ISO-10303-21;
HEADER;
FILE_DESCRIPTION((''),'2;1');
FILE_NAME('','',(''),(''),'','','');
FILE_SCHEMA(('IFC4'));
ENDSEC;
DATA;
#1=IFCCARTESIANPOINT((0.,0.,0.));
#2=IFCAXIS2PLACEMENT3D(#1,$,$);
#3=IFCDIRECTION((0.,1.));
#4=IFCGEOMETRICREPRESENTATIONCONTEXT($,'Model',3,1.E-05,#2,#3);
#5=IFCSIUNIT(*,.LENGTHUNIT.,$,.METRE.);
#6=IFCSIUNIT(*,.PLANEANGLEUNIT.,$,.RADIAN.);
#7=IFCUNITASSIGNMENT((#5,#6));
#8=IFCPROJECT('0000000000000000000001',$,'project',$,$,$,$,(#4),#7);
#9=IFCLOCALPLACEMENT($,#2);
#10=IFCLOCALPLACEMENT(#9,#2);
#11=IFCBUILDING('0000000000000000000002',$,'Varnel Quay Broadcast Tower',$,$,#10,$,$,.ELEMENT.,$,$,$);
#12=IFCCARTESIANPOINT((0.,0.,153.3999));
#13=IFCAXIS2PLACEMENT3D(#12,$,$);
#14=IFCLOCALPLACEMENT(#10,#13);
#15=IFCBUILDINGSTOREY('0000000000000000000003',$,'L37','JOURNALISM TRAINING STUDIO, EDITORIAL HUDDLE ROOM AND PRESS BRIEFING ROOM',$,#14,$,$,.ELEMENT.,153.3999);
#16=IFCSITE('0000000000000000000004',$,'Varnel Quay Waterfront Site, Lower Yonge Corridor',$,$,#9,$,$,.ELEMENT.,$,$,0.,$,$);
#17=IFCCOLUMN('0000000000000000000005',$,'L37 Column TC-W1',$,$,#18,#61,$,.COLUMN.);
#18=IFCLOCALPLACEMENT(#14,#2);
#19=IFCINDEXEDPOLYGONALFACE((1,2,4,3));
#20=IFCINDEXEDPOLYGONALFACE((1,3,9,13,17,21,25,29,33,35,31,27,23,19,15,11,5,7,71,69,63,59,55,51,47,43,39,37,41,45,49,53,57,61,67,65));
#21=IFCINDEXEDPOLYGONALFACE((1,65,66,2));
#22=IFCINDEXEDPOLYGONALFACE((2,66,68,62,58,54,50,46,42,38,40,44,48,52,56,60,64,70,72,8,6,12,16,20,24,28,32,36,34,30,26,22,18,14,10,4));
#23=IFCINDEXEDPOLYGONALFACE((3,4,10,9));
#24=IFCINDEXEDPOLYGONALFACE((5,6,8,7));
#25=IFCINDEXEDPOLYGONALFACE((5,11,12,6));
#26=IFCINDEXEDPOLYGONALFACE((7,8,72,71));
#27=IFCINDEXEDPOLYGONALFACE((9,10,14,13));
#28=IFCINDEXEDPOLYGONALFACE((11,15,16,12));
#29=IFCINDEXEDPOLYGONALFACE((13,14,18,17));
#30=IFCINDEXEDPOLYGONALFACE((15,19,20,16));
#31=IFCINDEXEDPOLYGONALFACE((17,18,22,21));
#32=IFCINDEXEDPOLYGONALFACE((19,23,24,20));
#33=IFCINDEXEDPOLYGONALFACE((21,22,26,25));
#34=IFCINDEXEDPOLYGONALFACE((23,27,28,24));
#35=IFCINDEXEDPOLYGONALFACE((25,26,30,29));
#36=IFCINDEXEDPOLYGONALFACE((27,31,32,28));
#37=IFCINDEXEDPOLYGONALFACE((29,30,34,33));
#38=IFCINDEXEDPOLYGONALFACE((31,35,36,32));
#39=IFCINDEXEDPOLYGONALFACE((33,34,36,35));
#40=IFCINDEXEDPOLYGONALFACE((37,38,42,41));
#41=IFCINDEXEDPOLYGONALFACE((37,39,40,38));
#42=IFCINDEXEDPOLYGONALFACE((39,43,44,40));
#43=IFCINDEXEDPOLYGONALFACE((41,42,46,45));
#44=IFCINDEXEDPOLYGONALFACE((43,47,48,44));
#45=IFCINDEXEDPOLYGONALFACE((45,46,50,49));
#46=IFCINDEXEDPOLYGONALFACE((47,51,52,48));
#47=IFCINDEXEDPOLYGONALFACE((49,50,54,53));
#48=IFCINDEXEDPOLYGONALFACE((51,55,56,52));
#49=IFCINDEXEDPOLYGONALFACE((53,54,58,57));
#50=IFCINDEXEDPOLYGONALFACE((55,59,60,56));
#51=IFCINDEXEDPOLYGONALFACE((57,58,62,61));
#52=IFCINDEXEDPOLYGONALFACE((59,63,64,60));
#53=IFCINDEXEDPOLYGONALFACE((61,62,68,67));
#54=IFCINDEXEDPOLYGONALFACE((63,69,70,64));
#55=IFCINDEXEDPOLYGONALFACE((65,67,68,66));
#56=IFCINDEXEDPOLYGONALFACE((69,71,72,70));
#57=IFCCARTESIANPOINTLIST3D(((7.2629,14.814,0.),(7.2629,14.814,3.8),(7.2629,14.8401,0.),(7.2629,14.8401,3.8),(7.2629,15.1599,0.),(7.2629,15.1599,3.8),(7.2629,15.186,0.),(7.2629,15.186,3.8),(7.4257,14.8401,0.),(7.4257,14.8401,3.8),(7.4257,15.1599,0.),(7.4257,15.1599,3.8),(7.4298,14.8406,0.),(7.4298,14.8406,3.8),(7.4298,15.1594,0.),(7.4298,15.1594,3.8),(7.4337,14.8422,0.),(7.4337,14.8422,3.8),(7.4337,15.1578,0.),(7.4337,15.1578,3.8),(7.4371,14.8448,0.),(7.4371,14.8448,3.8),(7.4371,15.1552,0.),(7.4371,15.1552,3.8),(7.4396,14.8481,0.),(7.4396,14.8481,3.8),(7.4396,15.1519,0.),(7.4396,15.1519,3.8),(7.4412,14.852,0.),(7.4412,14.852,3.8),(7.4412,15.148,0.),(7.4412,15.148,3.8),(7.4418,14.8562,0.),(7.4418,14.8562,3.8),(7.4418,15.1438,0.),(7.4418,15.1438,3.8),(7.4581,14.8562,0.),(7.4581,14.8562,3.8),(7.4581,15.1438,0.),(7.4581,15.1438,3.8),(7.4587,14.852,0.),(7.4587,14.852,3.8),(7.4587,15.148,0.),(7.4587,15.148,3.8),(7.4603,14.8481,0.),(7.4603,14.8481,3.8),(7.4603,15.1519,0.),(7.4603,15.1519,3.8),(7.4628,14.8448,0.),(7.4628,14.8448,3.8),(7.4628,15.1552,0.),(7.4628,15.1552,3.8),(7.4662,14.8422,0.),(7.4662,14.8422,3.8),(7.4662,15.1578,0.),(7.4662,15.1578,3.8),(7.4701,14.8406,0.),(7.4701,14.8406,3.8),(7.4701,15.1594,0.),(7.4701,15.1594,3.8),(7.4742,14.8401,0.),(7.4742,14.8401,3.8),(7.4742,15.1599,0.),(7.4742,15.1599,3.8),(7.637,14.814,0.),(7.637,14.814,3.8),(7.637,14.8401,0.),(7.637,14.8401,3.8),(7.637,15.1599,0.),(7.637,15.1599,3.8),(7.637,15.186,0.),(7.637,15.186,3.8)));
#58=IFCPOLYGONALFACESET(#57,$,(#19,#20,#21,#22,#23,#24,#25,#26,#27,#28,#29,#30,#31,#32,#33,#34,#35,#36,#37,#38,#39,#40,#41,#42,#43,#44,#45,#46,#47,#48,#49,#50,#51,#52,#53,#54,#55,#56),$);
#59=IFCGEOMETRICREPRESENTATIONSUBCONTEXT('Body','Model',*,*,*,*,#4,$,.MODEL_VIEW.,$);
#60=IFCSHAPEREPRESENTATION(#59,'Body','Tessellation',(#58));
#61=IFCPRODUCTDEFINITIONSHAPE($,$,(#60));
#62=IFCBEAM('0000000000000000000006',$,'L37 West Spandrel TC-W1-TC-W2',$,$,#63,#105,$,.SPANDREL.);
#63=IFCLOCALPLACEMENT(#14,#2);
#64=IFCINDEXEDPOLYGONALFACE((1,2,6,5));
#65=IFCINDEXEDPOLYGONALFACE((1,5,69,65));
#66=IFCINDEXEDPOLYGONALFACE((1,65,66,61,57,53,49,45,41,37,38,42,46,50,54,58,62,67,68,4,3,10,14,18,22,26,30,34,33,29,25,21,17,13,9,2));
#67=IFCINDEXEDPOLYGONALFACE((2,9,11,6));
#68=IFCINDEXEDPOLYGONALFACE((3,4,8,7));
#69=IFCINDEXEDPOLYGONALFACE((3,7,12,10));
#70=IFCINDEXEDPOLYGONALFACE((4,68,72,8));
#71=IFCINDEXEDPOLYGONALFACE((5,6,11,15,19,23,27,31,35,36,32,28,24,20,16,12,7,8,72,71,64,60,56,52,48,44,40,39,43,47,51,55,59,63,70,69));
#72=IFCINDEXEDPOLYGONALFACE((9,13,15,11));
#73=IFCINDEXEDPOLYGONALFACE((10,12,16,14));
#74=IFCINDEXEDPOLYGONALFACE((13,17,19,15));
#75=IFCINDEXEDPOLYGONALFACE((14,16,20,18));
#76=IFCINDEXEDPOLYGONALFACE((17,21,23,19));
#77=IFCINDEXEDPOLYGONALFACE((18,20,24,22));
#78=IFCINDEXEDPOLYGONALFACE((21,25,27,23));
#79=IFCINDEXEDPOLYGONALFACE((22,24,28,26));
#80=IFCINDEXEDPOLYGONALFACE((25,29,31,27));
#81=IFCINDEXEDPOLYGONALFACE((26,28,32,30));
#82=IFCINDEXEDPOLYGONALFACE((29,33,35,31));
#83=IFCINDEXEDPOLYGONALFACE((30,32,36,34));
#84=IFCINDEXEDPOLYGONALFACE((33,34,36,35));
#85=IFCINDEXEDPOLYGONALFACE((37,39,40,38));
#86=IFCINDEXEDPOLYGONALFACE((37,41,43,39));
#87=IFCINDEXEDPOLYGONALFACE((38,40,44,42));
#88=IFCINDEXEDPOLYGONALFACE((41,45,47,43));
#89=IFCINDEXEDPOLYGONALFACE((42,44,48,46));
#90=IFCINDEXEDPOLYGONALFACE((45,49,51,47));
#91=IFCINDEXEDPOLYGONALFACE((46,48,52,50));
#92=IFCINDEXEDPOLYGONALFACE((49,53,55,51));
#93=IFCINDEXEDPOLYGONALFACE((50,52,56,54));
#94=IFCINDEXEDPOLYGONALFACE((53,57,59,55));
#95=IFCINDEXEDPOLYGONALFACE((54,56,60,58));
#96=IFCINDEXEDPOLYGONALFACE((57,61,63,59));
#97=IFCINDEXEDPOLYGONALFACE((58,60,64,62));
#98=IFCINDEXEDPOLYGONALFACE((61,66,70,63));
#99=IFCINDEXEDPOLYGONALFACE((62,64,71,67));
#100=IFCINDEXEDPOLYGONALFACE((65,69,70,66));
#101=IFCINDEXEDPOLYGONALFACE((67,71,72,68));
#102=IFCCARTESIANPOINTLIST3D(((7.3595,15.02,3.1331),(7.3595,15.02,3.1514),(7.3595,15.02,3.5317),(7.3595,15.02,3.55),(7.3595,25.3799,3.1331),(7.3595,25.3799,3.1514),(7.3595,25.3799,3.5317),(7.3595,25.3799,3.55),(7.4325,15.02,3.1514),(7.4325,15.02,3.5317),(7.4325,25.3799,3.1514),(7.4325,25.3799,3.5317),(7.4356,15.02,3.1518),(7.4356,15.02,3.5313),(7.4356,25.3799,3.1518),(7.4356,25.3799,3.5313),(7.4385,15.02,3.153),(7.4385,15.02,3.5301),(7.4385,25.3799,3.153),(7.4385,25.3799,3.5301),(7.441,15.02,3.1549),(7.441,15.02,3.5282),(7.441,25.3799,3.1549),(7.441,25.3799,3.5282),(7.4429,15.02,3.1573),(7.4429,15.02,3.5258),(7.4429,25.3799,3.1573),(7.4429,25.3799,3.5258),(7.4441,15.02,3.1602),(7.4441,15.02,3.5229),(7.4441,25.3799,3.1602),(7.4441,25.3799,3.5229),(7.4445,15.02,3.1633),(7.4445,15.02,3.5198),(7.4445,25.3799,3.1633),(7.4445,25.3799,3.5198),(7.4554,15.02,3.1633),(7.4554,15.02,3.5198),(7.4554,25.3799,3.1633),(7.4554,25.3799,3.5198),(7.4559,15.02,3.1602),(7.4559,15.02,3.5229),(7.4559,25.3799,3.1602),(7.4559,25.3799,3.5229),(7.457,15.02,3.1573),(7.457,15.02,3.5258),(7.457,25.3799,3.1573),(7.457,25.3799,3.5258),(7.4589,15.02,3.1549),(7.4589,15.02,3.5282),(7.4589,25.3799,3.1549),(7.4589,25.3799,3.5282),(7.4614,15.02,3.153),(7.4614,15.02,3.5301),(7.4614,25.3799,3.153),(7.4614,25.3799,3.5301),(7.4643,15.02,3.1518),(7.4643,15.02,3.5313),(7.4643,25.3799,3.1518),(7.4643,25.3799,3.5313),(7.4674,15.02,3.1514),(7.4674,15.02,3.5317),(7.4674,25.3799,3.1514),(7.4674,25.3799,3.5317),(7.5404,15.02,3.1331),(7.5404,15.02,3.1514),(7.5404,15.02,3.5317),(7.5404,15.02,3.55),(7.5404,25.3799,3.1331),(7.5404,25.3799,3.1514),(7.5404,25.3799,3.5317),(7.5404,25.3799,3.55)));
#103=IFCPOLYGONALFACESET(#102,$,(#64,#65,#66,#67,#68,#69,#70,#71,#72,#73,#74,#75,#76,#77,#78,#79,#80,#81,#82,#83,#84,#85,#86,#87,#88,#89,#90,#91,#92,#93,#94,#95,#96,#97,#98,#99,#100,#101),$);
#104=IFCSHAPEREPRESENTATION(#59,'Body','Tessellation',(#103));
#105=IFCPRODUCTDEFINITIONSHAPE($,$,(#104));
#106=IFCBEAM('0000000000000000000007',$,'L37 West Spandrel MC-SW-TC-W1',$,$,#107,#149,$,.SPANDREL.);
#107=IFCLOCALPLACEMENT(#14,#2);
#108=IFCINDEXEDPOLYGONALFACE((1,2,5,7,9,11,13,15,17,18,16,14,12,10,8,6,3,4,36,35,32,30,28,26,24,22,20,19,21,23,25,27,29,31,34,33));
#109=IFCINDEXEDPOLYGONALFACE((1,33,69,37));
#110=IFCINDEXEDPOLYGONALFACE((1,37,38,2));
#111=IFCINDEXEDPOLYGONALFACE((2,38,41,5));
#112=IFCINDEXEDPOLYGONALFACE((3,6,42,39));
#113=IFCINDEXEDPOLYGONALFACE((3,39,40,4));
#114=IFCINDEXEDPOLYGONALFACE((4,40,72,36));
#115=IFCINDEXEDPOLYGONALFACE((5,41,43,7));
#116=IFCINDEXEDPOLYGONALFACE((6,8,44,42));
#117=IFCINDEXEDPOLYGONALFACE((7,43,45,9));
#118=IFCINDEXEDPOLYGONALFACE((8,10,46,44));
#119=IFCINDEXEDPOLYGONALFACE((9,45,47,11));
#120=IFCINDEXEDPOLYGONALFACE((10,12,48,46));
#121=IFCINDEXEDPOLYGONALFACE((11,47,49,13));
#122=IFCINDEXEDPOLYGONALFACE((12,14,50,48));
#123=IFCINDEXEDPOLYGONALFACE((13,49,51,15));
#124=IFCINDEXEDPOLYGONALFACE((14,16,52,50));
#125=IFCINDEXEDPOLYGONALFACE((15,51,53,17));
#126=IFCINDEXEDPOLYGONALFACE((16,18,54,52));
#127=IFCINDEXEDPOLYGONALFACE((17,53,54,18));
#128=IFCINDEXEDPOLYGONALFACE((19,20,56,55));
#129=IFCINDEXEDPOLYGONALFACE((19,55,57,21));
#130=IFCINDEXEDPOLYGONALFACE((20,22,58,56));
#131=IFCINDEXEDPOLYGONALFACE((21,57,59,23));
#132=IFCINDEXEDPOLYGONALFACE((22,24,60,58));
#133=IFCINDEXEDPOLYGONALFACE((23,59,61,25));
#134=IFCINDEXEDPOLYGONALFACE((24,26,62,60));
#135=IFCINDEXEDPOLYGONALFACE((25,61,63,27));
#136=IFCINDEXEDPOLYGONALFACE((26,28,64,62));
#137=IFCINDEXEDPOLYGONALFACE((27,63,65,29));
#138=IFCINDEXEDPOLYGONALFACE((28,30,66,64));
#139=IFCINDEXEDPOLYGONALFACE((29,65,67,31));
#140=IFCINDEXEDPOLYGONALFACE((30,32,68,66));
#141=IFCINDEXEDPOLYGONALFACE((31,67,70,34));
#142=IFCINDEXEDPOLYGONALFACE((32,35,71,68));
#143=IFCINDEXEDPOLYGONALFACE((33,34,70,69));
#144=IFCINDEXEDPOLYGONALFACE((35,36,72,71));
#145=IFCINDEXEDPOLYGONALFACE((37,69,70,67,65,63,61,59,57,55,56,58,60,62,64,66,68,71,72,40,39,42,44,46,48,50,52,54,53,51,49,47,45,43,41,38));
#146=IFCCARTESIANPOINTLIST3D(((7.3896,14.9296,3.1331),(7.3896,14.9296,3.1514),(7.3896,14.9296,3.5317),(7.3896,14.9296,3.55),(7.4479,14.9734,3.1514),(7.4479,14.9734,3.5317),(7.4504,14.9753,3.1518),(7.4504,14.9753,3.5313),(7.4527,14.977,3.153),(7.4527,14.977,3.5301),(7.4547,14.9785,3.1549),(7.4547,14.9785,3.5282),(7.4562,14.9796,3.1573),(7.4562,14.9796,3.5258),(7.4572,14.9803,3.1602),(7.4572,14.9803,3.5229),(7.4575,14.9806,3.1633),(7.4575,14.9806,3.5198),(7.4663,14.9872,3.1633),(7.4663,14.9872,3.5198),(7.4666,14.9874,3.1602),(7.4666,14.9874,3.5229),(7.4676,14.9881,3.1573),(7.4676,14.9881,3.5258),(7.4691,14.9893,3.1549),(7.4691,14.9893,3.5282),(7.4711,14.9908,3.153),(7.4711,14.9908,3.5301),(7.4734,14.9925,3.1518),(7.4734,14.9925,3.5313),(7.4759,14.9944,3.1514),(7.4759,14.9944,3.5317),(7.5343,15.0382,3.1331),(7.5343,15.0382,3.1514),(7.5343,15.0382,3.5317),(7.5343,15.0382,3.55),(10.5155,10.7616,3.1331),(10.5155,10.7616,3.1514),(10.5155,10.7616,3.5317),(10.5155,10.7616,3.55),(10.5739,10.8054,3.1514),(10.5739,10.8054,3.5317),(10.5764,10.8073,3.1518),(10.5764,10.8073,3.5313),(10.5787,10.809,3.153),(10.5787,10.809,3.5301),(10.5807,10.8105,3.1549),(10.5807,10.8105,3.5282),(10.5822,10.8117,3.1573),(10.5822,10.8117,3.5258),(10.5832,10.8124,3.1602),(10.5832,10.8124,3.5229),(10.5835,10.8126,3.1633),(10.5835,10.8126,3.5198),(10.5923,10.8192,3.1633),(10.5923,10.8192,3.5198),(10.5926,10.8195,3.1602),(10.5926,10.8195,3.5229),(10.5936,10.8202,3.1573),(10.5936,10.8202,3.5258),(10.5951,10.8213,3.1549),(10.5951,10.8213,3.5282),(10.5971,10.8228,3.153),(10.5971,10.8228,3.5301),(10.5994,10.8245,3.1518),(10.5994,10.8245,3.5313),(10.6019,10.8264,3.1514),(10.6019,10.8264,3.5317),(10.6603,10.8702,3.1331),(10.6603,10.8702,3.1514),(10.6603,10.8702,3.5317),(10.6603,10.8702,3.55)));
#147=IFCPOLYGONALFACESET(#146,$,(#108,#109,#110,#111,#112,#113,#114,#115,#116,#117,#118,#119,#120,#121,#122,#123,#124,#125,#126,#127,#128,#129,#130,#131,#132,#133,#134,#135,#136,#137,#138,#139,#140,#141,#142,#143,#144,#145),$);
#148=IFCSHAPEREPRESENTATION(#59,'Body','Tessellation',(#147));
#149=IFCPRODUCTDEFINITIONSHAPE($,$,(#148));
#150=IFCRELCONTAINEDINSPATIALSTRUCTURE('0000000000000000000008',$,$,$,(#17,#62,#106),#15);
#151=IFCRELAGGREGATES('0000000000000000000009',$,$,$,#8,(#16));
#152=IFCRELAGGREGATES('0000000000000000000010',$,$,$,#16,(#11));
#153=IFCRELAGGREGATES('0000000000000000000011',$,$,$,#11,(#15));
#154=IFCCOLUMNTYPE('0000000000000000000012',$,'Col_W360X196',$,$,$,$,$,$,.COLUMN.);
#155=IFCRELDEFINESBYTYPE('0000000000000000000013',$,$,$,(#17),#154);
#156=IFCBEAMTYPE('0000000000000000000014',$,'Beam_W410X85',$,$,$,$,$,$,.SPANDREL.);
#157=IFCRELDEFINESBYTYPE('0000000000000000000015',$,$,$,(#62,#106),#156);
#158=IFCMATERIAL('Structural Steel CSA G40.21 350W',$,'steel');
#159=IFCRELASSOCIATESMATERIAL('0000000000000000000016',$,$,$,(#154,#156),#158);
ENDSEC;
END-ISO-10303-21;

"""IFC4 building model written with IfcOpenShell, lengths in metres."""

from ifc_helpers import new_model, si_unit, direction, frame, origin, origin_2d, place, context, subcontext, project, spatial, i_section, extrude, source, transform, mapped, material, material_profile, profile_set, type_object, type_shapes, element, save


model = new_model("IFC4")

# Units and contexts
model_context = context("Model", 3, precision=1e-05, world=origin(), true_north=direction((0.0, 1.0)))
body_context = subcontext(model_context, "Body", "Model", "MODEL_VIEW")
ifc_project = project(units=[si_unit("LENGTHUNIT", "METRE"), si_unit("PLANEANGLEUNIT", "RADIAN")], contexts=[model_context])

# Site, building, storey
site_placement = place(None, origin())
site = spatial("IfcSite", under=ifc_project, at=site_placement, Name="Varnel Quay Waterfront Site, Lower Yonge Corridor", CompositionType="ELEMENT", RefElevation=0.0)
building_placement = place(site_placement, origin())
building = spatial("IfcBuilding", under=site, at=building_placement, Name="Varnel Quay Broadcast Tower", CompositionType="ELEMENT")
storey_placement = place(building_placement, frame((0.0, 0.0, 153.3999)))
storey = spatial("IfcBuildingStorey", under=building, at=storey_placement, Name="L37", Description="JOURNALISM TRAINING STUDIO, EDITORIAL HUDDLE ROOM AND PRESS BRIEFING ROOM", CompositionType="ELEMENT", Elevation=153.3999)

# Column
ifc_material_1 = material(Name="Structural Steel CSA G40.21 350W", Category="steel")
ifc_material_profile_1 = material_profile(ifc_material_1, i_section(OverallWidth=0.374, OverallDepth=0.3721, WebThickness=0.0164, FlangeThickness=0.0261, FilletRadius=0.0161, at=origin_2d()), Name="W360X196")
ifc_profile_set_1 = profile_set([ifc_material_profile_1], Name="Structural Steel CSA G40.21 350W")
column_type = type_object("IfcColumnType", Name="Col_W360X196", PredefinedType="COLUMN", material=ifc_profile_set_1)
shared_shape_1 = source(origin(), body_context, "Body", "SweptSolid", [
    extrude(i_section(OverallWidth=0.374, OverallDepth=0.3721, WebThickness=0.0164, FlangeThickness=0.0261, FilletRadius=0.0161, at=origin_2d()), origin(), (0.0, 0.0, 1.0), 3.8),
])
type_shapes(column_type, [shared_shape_1])
column_placement = place(storey_placement, frame((7.45, 15.0, 0.0), z_axis=(0.0, 0.0, 1.0), x_axis=(1.0, 0.0, 0.0)))
element("IfcColumn", 1, at=column_placement, inside=storey, type_object=column_type, Name="L37 Column TC-W1", PredefinedType="COLUMN", context=body_context, shape_type="MappedRepresentation", body=[
    mapped(shared_shape_1, transform((0.0, 0.0, 0.0), x_axis=(1.0, 0.0, 0.0), y_axis=(0.0, 1.0, 0.0), z_axis=(0.0, 0.0, 1.0), scale=1.0)),
])

# Beams
ifc_material_profile_2 = material_profile(ifc_material_1, i_section(OverallWidth=0.1809, OverallDepth=0.417, WebThickness=0.011, FlangeThickness=0.0183, FilletRadius=0.012, at=origin_2d()), Name="W410X85")
ifc_profile_set_2 = profile_set([ifc_material_profile_2], Name="Structural Steel CSA G40.21 350W")
beam_type_1 = type_object("IfcBeamType", Name="Beam_W410X85", PredefinedType="SPANDREL", material=ifc_profile_set_2)
shared_shape_2 = source(origin(), body_context, "Body", "SweptSolid", [
    extrude(i_section(OverallWidth=0.1809, OverallDepth=0.417, WebThickness=0.011, FlangeThickness=0.0183, FilletRadius=0.012, at=origin_2d()), origin(), (0.0, 0.0, 1.0), 10.3599),
])
beam_1_placement = place(storey_placement, frame((7.45, 15.02, 3.3416), z_axis=(0.0, 1.0, 0.0), x_axis=(-1.0, 0.0, 0.0)))
element("IfcBeam", 2, at=beam_1_placement, inside=storey, type_object=beam_type_1, Name="L37 West Spandrel TC-W1-TC-W2", PredefinedType="SPANDREL", context=body_context, shape_type="MappedRepresentation", body=[
    mapped(shared_shape_2, transform((0.0, 0.0, 0.0), x_axis=(1.0, 0.0, 0.0), y_axis=(0.0, 1.0, 0.0), z_axis=(0.0, 0.0, 1.0), scale=1.0)),
])
shared_shape_3 = source(origin(), body_context, "Body", "SweptSolid", [
    extrude(i_section(OverallWidth=0.1809, OverallDepth=0.417, WebThickness=0.011, FlangeThickness=0.0183, FilletRadius=0.012, at=origin_2d()), origin(), (0.0, 0.0, 1.0), 5.21),
])
type_shapes(beam_type_1, [shared_shape_2, shared_shape_3])
beam_2_placement = place(storey_placement, frame((10.5879, 10.8159, 3.3416), z_axis=(-0.6, 0.8, 0.0), x_axis=(-0.8, -0.6, 0.0)))
element("IfcBeam", 3, at=beam_2_placement, inside=storey, type_object=beam_type_1, Name="L37 West Spandrel MC-SW-TC-W1", PredefinedType="SPANDREL", context=body_context, shape_type="MappedRepresentation", body=[
    mapped(shared_shape_3, transform((0.0, 0.0, 0.0), x_axis=(1.0, 0.0, 0.0), y_axis=(0.0, 1.0, 0.0), z_axis=(0.0, 0.0, 1.0), scale=1.0)),
])

save(model, "model.ifc")
